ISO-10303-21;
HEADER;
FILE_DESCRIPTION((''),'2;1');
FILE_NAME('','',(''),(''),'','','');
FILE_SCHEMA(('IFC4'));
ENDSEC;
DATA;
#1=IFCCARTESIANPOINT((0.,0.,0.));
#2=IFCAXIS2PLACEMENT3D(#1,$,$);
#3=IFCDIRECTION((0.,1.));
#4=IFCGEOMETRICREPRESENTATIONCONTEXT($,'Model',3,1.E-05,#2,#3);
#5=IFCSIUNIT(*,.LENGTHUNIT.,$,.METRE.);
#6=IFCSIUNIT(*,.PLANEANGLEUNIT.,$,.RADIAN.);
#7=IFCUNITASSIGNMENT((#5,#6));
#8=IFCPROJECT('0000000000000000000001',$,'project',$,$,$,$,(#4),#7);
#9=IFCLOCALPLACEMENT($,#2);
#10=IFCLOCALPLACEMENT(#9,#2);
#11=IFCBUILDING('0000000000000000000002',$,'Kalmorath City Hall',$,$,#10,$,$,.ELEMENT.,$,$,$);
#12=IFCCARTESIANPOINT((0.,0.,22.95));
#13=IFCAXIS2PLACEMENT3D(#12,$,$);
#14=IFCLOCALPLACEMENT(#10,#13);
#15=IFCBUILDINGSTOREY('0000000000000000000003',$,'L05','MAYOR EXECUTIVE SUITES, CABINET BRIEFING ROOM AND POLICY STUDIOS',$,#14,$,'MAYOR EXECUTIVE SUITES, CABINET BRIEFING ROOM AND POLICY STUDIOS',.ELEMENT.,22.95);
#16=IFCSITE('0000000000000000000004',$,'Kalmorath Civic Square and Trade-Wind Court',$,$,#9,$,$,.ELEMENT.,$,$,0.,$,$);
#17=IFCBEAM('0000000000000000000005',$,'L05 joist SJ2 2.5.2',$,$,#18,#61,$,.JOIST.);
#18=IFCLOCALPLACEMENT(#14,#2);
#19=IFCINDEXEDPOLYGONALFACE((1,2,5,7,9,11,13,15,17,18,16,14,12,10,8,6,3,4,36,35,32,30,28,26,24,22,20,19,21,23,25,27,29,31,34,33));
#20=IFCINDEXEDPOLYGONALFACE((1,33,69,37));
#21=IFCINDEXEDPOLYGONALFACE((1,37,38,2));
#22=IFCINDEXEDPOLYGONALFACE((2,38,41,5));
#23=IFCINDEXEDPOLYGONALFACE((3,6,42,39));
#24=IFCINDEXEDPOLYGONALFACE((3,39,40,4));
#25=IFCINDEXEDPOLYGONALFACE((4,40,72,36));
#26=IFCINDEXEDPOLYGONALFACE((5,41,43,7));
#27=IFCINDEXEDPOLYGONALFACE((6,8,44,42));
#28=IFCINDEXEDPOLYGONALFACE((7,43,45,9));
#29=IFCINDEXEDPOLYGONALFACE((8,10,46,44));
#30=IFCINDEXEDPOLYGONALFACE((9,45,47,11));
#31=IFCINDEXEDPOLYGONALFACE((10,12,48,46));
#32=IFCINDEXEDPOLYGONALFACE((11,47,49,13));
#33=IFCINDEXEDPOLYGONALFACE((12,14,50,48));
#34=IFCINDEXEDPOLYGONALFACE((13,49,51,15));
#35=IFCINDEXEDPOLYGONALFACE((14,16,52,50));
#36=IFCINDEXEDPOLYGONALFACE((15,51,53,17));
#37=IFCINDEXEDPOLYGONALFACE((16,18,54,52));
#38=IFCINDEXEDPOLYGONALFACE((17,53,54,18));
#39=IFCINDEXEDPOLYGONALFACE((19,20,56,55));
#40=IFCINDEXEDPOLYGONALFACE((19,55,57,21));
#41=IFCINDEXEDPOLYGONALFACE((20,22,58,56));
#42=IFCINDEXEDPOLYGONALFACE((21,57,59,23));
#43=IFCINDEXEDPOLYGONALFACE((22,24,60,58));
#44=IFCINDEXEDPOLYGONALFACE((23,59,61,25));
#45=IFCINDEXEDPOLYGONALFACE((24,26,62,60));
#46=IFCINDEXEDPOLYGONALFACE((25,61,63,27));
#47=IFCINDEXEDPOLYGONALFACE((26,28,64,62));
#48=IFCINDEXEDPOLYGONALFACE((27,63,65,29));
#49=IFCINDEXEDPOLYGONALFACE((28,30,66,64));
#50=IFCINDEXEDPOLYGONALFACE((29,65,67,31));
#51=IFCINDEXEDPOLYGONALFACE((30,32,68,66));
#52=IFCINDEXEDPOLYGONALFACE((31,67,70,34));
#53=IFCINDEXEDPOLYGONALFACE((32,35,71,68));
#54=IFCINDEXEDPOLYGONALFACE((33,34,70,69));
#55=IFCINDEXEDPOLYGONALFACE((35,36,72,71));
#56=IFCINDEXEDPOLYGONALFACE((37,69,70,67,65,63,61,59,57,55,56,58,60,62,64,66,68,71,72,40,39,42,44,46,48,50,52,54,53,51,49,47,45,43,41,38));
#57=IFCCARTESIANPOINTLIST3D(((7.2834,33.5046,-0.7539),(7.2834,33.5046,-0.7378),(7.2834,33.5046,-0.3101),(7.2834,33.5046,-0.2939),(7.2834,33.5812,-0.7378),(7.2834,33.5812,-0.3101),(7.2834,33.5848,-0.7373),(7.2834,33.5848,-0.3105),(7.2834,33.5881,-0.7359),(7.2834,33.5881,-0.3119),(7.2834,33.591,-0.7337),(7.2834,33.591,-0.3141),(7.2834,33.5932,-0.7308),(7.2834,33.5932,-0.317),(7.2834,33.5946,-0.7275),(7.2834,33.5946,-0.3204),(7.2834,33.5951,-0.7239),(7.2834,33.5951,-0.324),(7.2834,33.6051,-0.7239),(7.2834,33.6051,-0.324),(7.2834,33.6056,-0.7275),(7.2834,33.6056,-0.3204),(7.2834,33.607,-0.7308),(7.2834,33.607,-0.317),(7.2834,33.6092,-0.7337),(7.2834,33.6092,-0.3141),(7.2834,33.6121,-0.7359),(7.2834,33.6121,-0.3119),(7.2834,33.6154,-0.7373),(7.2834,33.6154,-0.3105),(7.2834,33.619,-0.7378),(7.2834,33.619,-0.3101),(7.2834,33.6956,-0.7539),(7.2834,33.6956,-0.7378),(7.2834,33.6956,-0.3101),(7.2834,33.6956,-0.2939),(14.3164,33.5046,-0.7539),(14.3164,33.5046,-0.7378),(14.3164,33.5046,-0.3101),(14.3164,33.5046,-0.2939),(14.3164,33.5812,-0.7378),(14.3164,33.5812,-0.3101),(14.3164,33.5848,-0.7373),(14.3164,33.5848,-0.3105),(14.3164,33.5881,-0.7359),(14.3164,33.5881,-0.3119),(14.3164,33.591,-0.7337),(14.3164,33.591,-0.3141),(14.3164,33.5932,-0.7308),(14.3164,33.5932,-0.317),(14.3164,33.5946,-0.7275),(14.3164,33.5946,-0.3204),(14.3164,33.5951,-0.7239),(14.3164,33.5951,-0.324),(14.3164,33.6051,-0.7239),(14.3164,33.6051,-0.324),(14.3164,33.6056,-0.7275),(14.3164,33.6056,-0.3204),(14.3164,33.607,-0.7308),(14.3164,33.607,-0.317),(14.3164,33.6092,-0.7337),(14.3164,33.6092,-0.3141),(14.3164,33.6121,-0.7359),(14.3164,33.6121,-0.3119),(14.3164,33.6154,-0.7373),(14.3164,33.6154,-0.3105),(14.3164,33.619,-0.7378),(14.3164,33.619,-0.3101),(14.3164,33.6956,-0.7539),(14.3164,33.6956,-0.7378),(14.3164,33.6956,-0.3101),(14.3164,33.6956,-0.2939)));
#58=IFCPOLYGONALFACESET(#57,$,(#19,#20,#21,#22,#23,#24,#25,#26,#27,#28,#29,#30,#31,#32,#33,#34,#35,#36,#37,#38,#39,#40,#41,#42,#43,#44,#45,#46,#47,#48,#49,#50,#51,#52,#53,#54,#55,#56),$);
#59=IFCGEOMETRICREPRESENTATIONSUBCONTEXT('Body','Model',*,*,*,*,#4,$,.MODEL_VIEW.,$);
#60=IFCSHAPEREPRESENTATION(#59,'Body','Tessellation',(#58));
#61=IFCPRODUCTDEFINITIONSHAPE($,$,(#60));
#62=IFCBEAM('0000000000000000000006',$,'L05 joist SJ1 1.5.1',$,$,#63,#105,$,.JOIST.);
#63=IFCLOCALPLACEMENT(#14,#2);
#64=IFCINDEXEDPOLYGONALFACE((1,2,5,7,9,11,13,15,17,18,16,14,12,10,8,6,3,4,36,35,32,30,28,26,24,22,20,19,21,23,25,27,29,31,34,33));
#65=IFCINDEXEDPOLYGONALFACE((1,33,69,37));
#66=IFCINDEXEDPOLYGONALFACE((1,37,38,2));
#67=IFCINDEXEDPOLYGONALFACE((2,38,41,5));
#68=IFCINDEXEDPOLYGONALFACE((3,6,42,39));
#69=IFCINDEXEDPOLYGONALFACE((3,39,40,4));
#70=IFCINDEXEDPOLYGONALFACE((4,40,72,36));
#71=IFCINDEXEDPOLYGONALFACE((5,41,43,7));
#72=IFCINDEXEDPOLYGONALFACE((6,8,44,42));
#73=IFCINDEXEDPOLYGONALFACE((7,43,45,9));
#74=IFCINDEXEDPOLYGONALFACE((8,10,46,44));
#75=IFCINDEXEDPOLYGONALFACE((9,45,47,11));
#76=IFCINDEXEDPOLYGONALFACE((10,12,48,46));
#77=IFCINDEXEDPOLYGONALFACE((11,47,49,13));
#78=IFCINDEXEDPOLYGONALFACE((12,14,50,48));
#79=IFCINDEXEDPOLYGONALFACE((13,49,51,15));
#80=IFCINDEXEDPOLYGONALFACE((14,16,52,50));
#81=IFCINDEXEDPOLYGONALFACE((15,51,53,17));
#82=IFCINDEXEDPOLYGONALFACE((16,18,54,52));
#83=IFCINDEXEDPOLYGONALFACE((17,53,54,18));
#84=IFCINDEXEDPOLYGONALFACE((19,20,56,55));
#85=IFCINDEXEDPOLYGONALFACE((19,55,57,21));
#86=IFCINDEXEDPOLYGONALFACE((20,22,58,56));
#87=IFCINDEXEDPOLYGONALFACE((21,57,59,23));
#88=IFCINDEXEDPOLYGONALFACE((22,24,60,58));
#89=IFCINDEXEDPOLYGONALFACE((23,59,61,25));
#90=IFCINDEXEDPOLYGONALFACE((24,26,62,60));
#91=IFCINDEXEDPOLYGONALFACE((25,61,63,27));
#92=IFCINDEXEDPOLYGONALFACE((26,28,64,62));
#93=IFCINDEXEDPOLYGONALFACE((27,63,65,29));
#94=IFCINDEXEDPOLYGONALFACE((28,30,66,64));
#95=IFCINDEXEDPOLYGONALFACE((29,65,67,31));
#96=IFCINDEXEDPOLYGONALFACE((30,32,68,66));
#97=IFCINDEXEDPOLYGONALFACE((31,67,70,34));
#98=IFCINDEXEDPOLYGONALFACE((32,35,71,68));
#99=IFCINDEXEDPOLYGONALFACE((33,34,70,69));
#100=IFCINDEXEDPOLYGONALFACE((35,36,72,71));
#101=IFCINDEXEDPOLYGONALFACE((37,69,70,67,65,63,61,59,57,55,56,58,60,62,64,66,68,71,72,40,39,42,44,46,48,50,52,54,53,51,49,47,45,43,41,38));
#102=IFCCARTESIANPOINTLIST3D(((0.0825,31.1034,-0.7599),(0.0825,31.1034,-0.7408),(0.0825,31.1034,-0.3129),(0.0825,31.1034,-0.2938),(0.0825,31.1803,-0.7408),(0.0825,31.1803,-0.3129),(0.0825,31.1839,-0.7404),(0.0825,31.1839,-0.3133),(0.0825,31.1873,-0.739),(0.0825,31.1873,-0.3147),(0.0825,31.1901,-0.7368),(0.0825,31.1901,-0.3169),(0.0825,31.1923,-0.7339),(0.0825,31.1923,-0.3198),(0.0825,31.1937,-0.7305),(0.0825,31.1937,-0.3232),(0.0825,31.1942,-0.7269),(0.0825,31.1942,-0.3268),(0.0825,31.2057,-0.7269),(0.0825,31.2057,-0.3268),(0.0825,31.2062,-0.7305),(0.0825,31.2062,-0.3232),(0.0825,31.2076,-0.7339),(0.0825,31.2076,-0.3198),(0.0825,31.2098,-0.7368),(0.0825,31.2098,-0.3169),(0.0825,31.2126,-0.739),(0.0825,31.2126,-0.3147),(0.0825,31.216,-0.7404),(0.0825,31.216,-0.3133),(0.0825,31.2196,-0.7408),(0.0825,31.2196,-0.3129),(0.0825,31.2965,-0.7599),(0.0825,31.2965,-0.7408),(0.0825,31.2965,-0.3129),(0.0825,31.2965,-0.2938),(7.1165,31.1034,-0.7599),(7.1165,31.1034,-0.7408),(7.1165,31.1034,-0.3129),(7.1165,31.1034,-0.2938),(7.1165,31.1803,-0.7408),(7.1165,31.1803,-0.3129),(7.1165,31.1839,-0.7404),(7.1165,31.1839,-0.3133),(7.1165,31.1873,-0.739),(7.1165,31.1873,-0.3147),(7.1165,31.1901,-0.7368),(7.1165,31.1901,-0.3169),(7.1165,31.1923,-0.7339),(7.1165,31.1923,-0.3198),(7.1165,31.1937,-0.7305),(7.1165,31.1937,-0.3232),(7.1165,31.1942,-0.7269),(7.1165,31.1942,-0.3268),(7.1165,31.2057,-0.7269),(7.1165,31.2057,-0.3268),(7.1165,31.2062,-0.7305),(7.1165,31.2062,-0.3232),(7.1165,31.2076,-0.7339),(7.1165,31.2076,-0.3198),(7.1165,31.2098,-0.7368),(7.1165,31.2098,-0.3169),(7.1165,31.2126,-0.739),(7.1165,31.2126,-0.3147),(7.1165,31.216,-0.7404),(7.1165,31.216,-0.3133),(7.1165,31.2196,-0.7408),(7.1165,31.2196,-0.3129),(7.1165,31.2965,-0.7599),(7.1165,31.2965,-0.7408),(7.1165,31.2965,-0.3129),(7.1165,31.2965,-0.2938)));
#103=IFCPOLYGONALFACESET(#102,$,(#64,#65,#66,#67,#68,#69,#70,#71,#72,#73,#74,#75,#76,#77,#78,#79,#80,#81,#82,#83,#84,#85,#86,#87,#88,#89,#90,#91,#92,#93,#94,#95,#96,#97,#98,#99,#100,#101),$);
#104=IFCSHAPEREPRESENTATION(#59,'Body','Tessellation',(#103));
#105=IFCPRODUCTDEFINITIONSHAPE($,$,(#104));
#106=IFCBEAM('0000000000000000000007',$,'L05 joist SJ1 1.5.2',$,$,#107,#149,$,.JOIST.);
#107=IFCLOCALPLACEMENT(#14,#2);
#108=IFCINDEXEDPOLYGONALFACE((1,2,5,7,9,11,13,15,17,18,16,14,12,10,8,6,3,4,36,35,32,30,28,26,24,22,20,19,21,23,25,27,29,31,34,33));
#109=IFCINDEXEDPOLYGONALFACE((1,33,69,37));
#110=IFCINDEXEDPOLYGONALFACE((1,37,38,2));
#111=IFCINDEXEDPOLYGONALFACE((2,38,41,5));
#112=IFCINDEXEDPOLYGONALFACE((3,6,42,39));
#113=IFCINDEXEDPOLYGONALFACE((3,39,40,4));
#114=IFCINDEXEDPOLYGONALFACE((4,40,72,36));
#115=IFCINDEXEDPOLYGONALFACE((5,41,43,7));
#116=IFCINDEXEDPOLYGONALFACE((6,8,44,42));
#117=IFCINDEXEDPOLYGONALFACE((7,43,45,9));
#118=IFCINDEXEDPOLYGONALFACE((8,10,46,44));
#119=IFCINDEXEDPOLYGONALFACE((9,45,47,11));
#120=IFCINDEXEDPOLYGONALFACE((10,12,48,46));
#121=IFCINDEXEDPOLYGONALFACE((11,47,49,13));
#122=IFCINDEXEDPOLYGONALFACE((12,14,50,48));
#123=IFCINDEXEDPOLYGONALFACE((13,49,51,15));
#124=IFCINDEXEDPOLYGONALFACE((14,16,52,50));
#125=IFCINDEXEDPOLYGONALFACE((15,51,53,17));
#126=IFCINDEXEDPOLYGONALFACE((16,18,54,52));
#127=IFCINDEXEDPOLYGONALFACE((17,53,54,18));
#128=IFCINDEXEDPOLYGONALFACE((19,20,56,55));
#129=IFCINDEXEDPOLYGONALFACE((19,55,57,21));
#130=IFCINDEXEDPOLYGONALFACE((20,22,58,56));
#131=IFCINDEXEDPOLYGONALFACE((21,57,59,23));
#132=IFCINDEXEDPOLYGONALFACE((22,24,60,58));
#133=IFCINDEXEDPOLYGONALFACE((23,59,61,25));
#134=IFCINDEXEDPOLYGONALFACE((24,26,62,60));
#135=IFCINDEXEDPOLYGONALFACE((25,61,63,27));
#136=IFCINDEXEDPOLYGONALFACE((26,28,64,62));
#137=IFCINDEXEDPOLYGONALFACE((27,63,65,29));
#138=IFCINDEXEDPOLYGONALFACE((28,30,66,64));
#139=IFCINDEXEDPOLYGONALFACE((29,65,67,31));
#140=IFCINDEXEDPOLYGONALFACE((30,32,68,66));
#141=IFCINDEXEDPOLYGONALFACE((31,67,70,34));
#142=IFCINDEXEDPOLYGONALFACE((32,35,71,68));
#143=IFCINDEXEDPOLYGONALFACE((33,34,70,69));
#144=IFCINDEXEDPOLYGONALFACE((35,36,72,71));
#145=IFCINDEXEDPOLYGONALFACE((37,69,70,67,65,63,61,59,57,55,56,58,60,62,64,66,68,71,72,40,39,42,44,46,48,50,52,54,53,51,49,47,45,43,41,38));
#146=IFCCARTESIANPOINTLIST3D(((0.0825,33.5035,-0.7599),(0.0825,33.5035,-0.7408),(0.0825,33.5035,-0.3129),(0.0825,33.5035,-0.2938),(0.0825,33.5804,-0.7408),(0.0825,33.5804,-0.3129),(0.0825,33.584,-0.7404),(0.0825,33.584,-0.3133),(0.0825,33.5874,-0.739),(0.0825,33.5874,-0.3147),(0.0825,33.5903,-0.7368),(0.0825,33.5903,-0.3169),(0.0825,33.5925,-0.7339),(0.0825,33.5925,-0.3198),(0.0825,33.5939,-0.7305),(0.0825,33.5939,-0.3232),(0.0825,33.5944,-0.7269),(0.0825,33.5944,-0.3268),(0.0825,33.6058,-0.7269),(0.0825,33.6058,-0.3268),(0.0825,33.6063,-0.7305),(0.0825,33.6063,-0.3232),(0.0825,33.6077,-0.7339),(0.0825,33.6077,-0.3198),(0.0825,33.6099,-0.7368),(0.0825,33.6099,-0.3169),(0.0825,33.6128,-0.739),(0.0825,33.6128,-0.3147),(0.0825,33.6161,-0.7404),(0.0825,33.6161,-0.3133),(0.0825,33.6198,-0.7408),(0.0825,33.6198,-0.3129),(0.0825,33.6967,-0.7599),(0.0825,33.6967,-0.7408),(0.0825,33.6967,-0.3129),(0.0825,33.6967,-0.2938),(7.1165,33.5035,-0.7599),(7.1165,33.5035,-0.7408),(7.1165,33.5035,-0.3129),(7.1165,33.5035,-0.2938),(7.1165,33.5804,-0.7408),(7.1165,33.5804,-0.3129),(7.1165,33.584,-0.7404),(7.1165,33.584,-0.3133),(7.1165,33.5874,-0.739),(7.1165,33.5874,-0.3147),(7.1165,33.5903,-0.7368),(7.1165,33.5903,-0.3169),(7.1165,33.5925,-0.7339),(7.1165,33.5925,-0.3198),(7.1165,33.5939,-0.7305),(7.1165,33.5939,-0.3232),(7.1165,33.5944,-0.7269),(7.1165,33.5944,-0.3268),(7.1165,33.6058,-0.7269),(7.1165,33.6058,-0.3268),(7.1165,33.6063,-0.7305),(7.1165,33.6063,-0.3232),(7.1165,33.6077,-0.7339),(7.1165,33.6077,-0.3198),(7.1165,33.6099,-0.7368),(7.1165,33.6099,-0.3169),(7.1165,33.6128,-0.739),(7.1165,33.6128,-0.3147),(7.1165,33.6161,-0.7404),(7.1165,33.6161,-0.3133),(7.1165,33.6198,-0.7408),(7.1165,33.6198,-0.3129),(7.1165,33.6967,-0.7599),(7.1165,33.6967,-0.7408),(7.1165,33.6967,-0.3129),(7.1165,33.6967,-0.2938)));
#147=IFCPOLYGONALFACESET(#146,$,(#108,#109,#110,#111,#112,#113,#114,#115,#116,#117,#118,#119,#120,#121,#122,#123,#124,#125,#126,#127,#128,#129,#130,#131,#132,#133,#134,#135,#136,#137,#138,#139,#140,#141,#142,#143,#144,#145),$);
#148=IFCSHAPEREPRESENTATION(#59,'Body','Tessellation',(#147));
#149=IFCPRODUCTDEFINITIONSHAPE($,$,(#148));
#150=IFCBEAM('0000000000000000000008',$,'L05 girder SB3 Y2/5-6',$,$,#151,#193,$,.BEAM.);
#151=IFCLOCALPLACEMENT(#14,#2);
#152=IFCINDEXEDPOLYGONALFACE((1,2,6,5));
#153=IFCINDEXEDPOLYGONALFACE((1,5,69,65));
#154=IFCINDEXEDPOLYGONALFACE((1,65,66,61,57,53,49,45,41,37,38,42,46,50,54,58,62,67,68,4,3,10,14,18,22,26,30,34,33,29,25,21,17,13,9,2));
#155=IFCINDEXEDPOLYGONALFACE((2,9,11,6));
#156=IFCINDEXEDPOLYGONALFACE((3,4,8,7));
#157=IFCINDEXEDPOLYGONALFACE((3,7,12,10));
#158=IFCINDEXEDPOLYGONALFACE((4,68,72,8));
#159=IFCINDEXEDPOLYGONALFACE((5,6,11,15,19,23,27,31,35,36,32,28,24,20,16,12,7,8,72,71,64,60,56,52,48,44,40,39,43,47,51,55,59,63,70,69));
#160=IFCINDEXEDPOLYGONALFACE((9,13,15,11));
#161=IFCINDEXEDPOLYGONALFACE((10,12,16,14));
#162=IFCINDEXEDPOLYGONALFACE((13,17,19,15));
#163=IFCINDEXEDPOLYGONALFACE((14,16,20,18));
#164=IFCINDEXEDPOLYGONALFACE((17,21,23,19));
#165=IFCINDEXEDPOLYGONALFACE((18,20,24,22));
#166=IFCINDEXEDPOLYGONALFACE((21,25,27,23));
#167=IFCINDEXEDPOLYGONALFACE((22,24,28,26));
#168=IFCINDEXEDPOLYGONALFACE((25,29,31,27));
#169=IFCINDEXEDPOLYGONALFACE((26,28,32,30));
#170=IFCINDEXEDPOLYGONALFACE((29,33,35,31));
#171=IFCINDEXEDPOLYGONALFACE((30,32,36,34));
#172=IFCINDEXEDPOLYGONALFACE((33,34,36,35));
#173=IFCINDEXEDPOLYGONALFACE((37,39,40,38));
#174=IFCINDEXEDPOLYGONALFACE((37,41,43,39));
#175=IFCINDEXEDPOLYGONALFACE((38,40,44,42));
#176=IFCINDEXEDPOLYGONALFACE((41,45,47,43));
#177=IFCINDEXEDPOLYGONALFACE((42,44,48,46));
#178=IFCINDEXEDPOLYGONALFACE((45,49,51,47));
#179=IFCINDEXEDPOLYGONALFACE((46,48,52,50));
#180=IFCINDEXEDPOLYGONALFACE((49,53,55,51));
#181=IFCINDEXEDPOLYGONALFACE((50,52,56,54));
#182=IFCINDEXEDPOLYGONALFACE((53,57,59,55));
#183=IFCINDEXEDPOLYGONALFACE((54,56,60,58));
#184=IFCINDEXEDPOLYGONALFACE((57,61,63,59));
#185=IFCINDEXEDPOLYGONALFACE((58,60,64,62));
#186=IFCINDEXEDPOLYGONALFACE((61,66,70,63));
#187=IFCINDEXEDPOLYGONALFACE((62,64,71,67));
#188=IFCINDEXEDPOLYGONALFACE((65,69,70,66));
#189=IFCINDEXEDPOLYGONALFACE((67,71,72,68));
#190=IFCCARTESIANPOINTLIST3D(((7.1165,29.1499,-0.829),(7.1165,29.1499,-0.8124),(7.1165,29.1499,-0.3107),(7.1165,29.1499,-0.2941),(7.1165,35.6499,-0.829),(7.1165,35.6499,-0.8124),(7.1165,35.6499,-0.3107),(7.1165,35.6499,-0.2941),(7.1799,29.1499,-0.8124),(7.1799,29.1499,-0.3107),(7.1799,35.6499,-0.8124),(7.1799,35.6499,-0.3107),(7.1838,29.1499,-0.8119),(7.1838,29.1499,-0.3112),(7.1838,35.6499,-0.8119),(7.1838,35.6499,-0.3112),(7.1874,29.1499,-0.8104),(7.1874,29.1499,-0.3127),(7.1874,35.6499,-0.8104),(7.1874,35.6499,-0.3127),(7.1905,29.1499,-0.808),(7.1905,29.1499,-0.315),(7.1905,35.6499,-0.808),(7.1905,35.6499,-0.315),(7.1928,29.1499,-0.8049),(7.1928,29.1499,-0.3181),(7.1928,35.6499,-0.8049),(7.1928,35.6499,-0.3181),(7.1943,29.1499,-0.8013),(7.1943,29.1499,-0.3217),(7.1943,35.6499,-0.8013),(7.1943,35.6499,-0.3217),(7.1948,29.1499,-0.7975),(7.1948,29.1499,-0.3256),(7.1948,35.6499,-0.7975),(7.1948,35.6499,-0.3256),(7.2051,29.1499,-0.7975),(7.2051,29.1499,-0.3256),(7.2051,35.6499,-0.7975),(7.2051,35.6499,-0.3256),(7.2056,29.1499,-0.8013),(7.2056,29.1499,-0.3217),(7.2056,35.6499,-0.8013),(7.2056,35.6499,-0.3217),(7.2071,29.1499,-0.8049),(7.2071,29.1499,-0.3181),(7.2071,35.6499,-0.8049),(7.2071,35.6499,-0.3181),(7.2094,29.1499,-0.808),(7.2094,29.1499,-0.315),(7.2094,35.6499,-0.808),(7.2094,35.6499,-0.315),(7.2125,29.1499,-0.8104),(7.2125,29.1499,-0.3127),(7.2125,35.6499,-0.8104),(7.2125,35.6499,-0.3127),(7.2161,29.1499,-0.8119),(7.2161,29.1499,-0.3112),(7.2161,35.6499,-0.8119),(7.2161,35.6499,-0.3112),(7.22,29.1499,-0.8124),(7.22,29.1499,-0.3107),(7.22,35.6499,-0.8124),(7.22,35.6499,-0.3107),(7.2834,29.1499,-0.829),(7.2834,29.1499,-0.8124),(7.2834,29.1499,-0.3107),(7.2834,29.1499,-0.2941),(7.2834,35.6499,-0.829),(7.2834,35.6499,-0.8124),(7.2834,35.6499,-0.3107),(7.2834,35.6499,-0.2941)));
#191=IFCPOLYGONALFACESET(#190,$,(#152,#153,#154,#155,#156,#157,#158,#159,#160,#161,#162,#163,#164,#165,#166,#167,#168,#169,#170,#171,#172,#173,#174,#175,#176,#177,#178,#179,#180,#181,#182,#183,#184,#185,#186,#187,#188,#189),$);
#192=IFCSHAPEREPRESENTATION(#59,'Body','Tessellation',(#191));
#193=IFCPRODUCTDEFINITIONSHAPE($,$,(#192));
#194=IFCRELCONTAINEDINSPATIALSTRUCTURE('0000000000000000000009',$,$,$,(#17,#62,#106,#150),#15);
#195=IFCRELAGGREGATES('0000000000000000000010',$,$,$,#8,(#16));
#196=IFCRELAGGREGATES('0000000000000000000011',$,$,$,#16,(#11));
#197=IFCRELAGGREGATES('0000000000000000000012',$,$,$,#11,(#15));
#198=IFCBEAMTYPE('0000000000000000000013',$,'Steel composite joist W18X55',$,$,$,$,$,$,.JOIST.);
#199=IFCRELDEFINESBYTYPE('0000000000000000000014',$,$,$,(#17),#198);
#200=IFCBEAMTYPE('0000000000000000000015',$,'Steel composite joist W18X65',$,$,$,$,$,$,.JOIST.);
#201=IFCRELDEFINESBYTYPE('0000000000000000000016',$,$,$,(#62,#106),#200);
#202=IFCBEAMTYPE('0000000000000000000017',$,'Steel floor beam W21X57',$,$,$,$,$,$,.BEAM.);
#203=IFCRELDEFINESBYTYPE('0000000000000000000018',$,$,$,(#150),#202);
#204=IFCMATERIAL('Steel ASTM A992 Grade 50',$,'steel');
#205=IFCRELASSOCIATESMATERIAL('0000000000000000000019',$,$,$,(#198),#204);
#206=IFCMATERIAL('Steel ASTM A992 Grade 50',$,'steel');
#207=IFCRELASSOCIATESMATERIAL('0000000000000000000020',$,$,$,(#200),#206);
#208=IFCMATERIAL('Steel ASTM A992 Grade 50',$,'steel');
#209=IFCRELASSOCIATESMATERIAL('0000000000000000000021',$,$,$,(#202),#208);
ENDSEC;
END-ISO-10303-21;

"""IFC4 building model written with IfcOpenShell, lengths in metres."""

from ifc_helpers import new_model, si_unit, direction, frame, origin, origin_2d, place, context, subcontext, project, spatial, i_section, extrude, material, material_profile, profile_set, type_object, element, save


model = new_model("IFC4")

# Units and contexts
model_context = context("Model", 3, precision=1e-05, world=origin(), true_north=direction((0.0, 1.0)))
body_context = subcontext(model_context, "Body", "Model", "MODEL_VIEW")
ifc_project = project(units=[si_unit("LENGTHUNIT", "METRE"), si_unit("PLANEANGLEUNIT", "RADIAN")], contexts=[model_context])

# Site, building, storey
site_placement = place(None, origin())
site = spatial("IfcSite", under=ifc_project, at=site_placement, Name="Kalmorath Civic Square and Trade-Wind Court", CompositionType="ELEMENT", RefElevation=0.0)
building_placement = place(site_placement, origin())
building = spatial("IfcBuilding", under=site, at=building_placement, Name="Kalmorath City Hall", CompositionType="ELEMENT")
storey_placement = place(building_placement, frame((0.0, 0.0, 22.95)))
storey = spatial("IfcBuildingStorey", under=building, at=storey_placement, Name="L05", Description="MAYOR EXECUTIVE SUITES, CABINET BRIEFING ROOM AND POLICY STUDIOS", LongName="MAYOR EXECUTIVE SUITES, CABINET BRIEFING ROOM AND POLICY STUDIOS", CompositionType="ELEMENT", Elevation=22.95)

# Beams
ifc_material_1 = material(Name="Steel ASTM A992 Grade 50", Category="steel")
ifc_material_profile_1 = material_profile(ifc_material_1, i_section(OverallWidth=0.1909, OverallDepth=0.46, WebThickness=0.01, FlangeThickness=0.0161, FilletRadius=0.0139, at=origin_2d()), Name="W18X55")
ifc_profile_set_1 = profile_set([ifc_material_profile_1], Name="Steel ASTM A992 Grade 50")
beam_type_1 = type_object("IfcBeamType", Name="Steel composite joist W18X55", PredefinedType="JOIST", material=ifc_profile_set_1)
for number, where, z_axis, x_axis, name in (
    (1, (7.2834, 33.6001, -0.5239), (1.0, 0.0, 0.0), (0.0, 1.0, 0.0), "L05 joist SJ2 2.5.2"),
):
    element("IfcBeam", number, at=place(storey_placement, frame(where, z_axis=z_axis, x_axis=x_axis)), inside=storey, type_object=beam_type_1, Name=name, PredefinedType="JOIST", context=body_context, shape_type="SweptSolid", body=[
        extrude(i_section(OverallWidth=0.1909, OverallDepth=0.46, WebThickness=0.01, FlangeThickness=0.0161, FilletRadius=0.0139, at=origin_2d()), origin(), (0.0, 0.0, 1.0), 7.033),
    ])
ifc_material_2 = material(Name="Steel ASTM A992 Grade 50", Category="steel")
ifc_material_profile_2 = material_profile(ifc_material_2, i_section(OverallWidth=0.1931, OverallDepth=0.4661, WebThickness=0.0115, FlangeThickness=0.019, FilletRadius=0.0139, at=origin_2d()), Name="W18X65")
ifc_profile_set_2 = profile_set([ifc_material_profile_2], Name="Steel ASTM A992 Grade 50")
beam_type_2 = type_object("IfcBeamType", Name="Steel composite joist W18X65", PredefinedType="JOIST", material=ifc_profile_set_2)
for number, where, z_axis, x_axis, name in (
    (2, (0.0825, 31.2, -0.5269), (1.0, 0.0, 0.0), (0.0, 1.0, 0.0), "L05 joist SJ1 1.5.1"),
    (3, (0.0825, 33.6001, -0.5269), (1.0, 0.0, 0.0), (0.0, 1.0, 0.0), "L05 joist SJ1 1.5.2"),
):
    element("IfcBeam", number, at=place(storey_placement, frame(where, z_axis=z_axis, x_axis=x_axis)), inside=storey, type_object=beam_type_2, Name=name, PredefinedType="JOIST", context=body_context, shape_type="SweptSolid", body=[
        extrude(i_section(OverallWidth=0.1931, OverallDepth=0.4661, WebThickness=0.0115, FlangeThickness=0.019, FilletRadius=0.0139, at=origin_2d()), origin(), (0.0, 0.0, 1.0), 7.0339),
    ])
ifc_material_3 = material(Name="Steel ASTM A992 Grade 50", Category="steel")
ifc_material_profile_3 = material_profile(ifc_material_3, i_section(OverallWidth=0.167, OverallDepth=0.5349, WebThickness=0.0103, FlangeThickness=0.0166, FilletRadius=0.0149, at=origin_2d()), Name="W21X57")
ifc_profile_set_3 = profile_set([ifc_material_profile_3], Name="Steel ASTM A992 Grade 50")
beam_type_3 = type_object("IfcBeamType", Name="Steel floor beam W21X57", PredefinedType="BEAM", material=ifc_profile_set_3)
for number, where, z_axis, x_axis, name in (
    (4, (7.2, 29.1499, -0.5615), (0.0, 1.0, 0.0), (-1.0, 0.0, 0.0), "L05 girder SB3 Y2/5-6"),
):
    element("IfcBeam", number, at=place(storey_placement, frame(where, z_axis=z_axis, x_axis=x_axis)), inside=storey, type_object=beam_type_3, Name=name, PredefinedType="BEAM", context=body_context, shape_type="SweptSolid", body=[
        extrude(i_section(OverallWidth=0.167, OverallDepth=0.5349, WebThickness=0.0103, FlangeThickness=0.0166, FilletRadius=0.0149, at=origin_2d()), origin(), (0.0, 0.0, 1.0), 6.5),
    ])

save(model, "model.ifc")
